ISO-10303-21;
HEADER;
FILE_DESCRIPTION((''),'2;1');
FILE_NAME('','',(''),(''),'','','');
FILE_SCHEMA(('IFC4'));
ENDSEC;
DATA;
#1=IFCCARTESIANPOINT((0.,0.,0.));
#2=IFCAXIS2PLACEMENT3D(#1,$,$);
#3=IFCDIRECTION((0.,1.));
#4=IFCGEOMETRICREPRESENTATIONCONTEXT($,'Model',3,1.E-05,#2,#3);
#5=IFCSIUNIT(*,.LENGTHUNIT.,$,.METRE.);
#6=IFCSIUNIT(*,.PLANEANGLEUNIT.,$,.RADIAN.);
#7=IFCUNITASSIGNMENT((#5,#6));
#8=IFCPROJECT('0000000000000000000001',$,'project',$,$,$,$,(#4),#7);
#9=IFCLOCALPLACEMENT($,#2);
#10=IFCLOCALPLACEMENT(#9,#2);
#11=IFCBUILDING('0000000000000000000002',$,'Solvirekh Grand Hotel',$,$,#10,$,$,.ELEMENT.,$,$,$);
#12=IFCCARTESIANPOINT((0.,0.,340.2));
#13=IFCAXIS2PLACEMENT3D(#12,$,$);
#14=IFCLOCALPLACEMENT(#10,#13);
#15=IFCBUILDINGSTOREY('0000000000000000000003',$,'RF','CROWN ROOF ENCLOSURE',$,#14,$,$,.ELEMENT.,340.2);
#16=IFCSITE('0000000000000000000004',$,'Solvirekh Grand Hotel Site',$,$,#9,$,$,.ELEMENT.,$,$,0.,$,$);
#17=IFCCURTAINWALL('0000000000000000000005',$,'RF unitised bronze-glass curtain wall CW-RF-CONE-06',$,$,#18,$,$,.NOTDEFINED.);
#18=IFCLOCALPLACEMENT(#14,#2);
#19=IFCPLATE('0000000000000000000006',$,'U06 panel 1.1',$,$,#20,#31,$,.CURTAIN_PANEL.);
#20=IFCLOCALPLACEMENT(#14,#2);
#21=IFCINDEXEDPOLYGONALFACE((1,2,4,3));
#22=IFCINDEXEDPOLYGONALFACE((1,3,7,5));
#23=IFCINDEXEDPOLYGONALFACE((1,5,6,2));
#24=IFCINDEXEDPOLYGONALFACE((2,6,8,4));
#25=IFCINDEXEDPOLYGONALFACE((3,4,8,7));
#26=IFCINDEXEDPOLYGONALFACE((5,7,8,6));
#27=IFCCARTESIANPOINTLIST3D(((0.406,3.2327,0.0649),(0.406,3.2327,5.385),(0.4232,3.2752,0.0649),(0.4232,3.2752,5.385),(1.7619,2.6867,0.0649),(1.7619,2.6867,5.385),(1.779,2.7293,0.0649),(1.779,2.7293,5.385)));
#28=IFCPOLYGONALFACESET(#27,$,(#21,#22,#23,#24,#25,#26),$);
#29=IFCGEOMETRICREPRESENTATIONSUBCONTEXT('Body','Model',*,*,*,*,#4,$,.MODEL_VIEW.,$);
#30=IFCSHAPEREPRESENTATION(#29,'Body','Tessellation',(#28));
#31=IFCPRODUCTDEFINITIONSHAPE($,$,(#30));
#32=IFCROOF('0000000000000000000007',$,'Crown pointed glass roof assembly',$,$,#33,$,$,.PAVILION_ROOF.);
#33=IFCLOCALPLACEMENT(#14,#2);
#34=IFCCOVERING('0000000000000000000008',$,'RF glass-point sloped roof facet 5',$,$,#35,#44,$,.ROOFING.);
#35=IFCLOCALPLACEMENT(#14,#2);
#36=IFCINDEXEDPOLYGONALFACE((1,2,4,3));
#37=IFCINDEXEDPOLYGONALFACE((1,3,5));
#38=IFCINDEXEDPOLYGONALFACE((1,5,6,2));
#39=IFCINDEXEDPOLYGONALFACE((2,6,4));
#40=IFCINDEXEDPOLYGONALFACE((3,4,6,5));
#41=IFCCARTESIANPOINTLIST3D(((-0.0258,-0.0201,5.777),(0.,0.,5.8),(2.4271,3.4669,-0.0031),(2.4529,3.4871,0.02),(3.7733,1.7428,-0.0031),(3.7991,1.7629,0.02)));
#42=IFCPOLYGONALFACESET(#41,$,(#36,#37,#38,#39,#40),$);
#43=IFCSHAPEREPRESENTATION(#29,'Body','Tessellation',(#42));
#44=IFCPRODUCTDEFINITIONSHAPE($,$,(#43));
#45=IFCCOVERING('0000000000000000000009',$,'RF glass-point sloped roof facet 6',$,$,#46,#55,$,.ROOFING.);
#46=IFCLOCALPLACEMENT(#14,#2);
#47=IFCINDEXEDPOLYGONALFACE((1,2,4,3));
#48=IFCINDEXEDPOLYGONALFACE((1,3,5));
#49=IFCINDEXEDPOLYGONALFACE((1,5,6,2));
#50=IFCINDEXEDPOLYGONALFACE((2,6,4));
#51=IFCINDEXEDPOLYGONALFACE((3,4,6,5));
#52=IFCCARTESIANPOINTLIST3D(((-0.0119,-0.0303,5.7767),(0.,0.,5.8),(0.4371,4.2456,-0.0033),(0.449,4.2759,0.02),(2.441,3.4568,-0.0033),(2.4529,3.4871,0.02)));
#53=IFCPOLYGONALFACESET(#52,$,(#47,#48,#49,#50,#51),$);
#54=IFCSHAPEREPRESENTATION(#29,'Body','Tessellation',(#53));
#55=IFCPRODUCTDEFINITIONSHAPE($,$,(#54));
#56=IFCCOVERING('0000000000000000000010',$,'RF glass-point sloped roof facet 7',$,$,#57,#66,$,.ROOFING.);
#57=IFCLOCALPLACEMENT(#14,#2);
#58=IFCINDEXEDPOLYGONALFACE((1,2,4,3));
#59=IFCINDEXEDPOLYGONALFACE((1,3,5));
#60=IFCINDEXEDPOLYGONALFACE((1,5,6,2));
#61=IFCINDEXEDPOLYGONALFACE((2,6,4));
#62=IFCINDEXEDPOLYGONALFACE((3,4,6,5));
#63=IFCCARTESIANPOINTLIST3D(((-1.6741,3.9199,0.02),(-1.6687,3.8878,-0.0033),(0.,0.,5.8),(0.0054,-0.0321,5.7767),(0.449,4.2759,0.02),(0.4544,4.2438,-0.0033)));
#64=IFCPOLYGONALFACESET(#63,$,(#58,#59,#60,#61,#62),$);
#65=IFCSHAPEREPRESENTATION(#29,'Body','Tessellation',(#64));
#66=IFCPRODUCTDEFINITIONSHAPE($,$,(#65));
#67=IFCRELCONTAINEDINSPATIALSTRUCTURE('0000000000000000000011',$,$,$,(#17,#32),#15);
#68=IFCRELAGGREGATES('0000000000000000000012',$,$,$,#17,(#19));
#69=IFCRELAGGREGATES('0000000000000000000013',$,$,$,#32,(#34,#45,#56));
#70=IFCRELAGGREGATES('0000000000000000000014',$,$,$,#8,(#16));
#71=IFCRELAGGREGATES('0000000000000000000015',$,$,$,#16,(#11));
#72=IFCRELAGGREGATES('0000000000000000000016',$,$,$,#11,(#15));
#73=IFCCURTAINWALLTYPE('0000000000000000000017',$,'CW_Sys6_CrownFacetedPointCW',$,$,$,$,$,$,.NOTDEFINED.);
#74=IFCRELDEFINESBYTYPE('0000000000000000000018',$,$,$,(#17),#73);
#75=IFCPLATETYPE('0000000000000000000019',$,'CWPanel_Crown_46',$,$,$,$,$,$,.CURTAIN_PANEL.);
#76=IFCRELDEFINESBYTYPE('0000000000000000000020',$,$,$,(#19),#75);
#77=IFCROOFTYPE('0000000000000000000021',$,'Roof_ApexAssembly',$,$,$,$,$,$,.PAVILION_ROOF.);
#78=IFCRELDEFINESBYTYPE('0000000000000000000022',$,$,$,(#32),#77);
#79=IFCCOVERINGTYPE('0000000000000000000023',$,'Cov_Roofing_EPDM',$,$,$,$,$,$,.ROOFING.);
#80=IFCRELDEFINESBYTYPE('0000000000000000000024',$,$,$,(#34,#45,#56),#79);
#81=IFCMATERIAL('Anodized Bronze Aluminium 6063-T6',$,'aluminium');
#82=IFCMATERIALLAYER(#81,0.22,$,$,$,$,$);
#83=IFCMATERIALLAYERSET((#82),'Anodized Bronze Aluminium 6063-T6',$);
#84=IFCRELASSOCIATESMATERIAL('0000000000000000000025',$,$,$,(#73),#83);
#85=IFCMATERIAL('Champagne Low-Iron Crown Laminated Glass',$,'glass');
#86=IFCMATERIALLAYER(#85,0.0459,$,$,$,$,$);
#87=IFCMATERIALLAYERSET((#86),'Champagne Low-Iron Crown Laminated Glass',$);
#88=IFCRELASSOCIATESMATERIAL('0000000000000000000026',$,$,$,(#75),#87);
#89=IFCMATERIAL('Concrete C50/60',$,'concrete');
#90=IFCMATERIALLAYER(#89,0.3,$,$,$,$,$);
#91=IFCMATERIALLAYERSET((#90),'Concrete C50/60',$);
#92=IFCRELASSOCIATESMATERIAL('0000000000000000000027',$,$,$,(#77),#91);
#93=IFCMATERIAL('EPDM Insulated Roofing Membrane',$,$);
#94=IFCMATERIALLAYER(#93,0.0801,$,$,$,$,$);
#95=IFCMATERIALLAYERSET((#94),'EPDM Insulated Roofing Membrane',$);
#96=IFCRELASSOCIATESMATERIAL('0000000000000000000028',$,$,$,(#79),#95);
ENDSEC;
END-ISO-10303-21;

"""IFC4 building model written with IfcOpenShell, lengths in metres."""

from ifc_helpers import new_model, si_unit, direction, frame, origin, origin_2d, place, context, subcontext, project, spatial, polyline, rectangle, outline, extrude, source, transform, mapped, material, layer, layer_set, type_object, element, aggregate, save


model = new_model("IFC4")

# Units and contexts
model_context = context("Model", 3, precision=1e-05, world=origin(), true_north=direction((0.0, 1.0)))
body_context = subcontext(model_context, "Body", "Model", "MODEL_VIEW")
ifc_project = project(units=[si_unit("LENGTHUNIT", "METRE"), si_unit("PLANEANGLEUNIT", "RADIAN")], contexts=[model_context])

# Site, building, storey
site_placement = place(None, origin())
site = spatial("IfcSite", under=ifc_project, at=site_placement, Name="Solvirekh Grand Hotel Site", CompositionType="ELEMENT", RefElevation=0.0)
building_placement = place(site_placement, origin())
building = spatial("IfcBuilding", under=site, at=building_placement, Name="Solvirekh Grand Hotel", CompositionType="ELEMENT")
storey_placement = place(building_placement, frame((0.0, 0.0, 340.2)))
storey = spatial("IfcBuildingStorey", under=building, at=storey_placement, Name="RF", Description="CROWN ROOF ENCLOSURE", CompositionType="ELEMENT", Elevation=340.2)

# Shared definitions
ifc_material_1 = material(Name="Anodized Bronze Aluminium 6063-T6", Category="aluminium")
ifc_layer_1 = layer(ifc_material_1, 0.22)
ifc_layer_set_1 = layer_set([ifc_layer_1], Name="Anodized Bronze Aluminium 6063-T6")
curtain_wall_type = type_object("IfcCurtainWallType", Name="CW_Sys6_CrownFacetedPointCW", PredefinedType="NOTDEFINED", material=ifc_layer_set_1)

# Curtain wall
curtain_wall_1_placement = place(storey_placement, origin())
curtain_wall_1 = element("IfcCurtainWall", 1, at=curtain_wall_1_placement, inside=storey, type_object=curtain_wall_type, Name="RF unitised bronze-glass curtain wall CW-RF-CONE-06", PredefinedType="NOTDEFINED")

# Plate
ifc_material_2 = material(Name="Champagne Low-Iron Crown Laminated Glass", Category="glass")
ifc_layer_2 = layer(ifc_material_2, 0.0459)
ifc_layer_set_2 = layer_set([ifc_layer_2], Name="Champagne Low-Iron Crown Laminated Glass")
plate_type = type_object("IfcPlateType", Name="CWPanel_Crown_46", PredefinedType="CURTAIN_PANEL", material=ifc_layer_set_2)
shared_shape_1 = source(origin(), body_context, "Body", "SweptSolid", [
    extrude(rectangle(XDim=1.4617, YDim=0.0459, at=origin_2d()), origin(), (0.0, 0.0, 1.0), 5.3201),
])
plate_1_placement = place(storey_placement, frame((1.0925, 2.981, 0.0649), z_axis=(0.0, 0.0, 1.0), x_axis=(-0.927618, 0.373529, 0.0)))
plate_1 = element("IfcPlate", 2, at=plate_1_placement, type_object=plate_type, Name="U06 panel 1.1", PredefinedType="CURTAIN_PANEL", context=body_context, shape_type="MappedRepresentation", body=[
    mapped(shared_shape_1, transform((0.0, 0.0, 0.0), x_axis=(1.0, 0.0, 0.0), y_axis=(0.0, 1.0, 0.0), z_axis=(0.0, 0.0, 1.0), scale=1.0)),
])
aggregate(curtain_wall_1, [plate_1])

# Roof, coverings
ifc_material_3 = material(Name="Concrete C50/60", Category="concrete")
ifc_layer_3 = layer(ifc_material_3, 0.3)
ifc_layer_set_3 = layer_set([ifc_layer_3], Name="Concrete C50/60")
roof_type = type_object("IfcRoofType", Name="Roof_ApexAssembly", PredefinedType="PAVILION_ROOF", material=ifc_layer_set_3)
roof_placement = place(storey_placement, origin())
roof = element("IfcRoof", 3, at=roof_placement, inside=storey, type_object=roof_type, Name="Crown pointed glass roof assembly", PredefinedType="PAVILION_ROOF")
ifc_material_4 = material(Name="EPDM Insulated Roofing Membrane")
ifc_layer_4 = layer(ifc_material_4, 0.0801)
ifc_layer_set_4 = layer_set([ifc_layer_4], Name="EPDM Insulated Roofing Membrane")
covering_type = type_object("IfcCoveringType", Name="Cov_Roofing_EPDM", PredefinedType="ROOFING", material=ifc_layer_set_4)
covering_1_placement = place(storey_placement, frame((3.7991, 1.7629, 0.02), z_axis=(0.643966, 0.502808, 0.576622), x_axis=(-0.615423, 0.788197, 0.0)))
covering_1 = element("IfcCovering", 4, at=covering_1_placement, type_object=covering_type, Name="RF glass-point sloped roof facet 5", PredefinedType="ROOFING", context=body_context, shape_type="SweptSolid", body=[
    extrude(outline(polyline([(0.0, 0.0), (2.1874, 0.0), (0.9485, 7.0746), (0.0, 0.0)])), origin(), (0.0, 0.0, -1.0), 0.04),
])
covering_2_placement = place(storey_placement, frame((2.4529, 3.4871, 0.02), z_axis=(0.297702, 0.756278, 0.582595), x_axis=(-0.930503, 0.366284, 0.0)))
covering_2 = element("IfcCovering", 5, at=covering_2_placement, type_object=covering_type, Name="RF glass-point sloped roof facet 6", PredefinedType="ROOFING", context=body_context, shape_type="SweptSolid", body=[
    extrude(outline(polyline([(0.0, 0.0), (2.1536, 0.0), (1.0052, 7.1116), (0.0, 0.0)])), origin(), (0.0, 0.0, -1.0), 0.04),
])
covering_3_placement = place(storey_placement, frame((0.449, 4.2759, 0.02), z_axis=(-0.134399, 0.8016, 0.582558), x_axis=(-0.986234, -0.165355, 0.0)))
covering_3 = element("IfcCovering", 6, at=covering_3_placement, type_object=covering_type, Name="RF glass-point sloped roof facet 7", PredefinedType="ROOFING", context=body_context, shape_type="SweptSolid", body=[
    extrude(outline(polyline([(0.0, 0.0), (2.1527, 0.0), (1.1498, 7.1114), (0.0, 0.0)])), origin(), (0.0, 0.0, -1.0), 0.04),
])
aggregate(roof, [covering_1, covering_2, covering_3])

save(model, "model.ifc")
